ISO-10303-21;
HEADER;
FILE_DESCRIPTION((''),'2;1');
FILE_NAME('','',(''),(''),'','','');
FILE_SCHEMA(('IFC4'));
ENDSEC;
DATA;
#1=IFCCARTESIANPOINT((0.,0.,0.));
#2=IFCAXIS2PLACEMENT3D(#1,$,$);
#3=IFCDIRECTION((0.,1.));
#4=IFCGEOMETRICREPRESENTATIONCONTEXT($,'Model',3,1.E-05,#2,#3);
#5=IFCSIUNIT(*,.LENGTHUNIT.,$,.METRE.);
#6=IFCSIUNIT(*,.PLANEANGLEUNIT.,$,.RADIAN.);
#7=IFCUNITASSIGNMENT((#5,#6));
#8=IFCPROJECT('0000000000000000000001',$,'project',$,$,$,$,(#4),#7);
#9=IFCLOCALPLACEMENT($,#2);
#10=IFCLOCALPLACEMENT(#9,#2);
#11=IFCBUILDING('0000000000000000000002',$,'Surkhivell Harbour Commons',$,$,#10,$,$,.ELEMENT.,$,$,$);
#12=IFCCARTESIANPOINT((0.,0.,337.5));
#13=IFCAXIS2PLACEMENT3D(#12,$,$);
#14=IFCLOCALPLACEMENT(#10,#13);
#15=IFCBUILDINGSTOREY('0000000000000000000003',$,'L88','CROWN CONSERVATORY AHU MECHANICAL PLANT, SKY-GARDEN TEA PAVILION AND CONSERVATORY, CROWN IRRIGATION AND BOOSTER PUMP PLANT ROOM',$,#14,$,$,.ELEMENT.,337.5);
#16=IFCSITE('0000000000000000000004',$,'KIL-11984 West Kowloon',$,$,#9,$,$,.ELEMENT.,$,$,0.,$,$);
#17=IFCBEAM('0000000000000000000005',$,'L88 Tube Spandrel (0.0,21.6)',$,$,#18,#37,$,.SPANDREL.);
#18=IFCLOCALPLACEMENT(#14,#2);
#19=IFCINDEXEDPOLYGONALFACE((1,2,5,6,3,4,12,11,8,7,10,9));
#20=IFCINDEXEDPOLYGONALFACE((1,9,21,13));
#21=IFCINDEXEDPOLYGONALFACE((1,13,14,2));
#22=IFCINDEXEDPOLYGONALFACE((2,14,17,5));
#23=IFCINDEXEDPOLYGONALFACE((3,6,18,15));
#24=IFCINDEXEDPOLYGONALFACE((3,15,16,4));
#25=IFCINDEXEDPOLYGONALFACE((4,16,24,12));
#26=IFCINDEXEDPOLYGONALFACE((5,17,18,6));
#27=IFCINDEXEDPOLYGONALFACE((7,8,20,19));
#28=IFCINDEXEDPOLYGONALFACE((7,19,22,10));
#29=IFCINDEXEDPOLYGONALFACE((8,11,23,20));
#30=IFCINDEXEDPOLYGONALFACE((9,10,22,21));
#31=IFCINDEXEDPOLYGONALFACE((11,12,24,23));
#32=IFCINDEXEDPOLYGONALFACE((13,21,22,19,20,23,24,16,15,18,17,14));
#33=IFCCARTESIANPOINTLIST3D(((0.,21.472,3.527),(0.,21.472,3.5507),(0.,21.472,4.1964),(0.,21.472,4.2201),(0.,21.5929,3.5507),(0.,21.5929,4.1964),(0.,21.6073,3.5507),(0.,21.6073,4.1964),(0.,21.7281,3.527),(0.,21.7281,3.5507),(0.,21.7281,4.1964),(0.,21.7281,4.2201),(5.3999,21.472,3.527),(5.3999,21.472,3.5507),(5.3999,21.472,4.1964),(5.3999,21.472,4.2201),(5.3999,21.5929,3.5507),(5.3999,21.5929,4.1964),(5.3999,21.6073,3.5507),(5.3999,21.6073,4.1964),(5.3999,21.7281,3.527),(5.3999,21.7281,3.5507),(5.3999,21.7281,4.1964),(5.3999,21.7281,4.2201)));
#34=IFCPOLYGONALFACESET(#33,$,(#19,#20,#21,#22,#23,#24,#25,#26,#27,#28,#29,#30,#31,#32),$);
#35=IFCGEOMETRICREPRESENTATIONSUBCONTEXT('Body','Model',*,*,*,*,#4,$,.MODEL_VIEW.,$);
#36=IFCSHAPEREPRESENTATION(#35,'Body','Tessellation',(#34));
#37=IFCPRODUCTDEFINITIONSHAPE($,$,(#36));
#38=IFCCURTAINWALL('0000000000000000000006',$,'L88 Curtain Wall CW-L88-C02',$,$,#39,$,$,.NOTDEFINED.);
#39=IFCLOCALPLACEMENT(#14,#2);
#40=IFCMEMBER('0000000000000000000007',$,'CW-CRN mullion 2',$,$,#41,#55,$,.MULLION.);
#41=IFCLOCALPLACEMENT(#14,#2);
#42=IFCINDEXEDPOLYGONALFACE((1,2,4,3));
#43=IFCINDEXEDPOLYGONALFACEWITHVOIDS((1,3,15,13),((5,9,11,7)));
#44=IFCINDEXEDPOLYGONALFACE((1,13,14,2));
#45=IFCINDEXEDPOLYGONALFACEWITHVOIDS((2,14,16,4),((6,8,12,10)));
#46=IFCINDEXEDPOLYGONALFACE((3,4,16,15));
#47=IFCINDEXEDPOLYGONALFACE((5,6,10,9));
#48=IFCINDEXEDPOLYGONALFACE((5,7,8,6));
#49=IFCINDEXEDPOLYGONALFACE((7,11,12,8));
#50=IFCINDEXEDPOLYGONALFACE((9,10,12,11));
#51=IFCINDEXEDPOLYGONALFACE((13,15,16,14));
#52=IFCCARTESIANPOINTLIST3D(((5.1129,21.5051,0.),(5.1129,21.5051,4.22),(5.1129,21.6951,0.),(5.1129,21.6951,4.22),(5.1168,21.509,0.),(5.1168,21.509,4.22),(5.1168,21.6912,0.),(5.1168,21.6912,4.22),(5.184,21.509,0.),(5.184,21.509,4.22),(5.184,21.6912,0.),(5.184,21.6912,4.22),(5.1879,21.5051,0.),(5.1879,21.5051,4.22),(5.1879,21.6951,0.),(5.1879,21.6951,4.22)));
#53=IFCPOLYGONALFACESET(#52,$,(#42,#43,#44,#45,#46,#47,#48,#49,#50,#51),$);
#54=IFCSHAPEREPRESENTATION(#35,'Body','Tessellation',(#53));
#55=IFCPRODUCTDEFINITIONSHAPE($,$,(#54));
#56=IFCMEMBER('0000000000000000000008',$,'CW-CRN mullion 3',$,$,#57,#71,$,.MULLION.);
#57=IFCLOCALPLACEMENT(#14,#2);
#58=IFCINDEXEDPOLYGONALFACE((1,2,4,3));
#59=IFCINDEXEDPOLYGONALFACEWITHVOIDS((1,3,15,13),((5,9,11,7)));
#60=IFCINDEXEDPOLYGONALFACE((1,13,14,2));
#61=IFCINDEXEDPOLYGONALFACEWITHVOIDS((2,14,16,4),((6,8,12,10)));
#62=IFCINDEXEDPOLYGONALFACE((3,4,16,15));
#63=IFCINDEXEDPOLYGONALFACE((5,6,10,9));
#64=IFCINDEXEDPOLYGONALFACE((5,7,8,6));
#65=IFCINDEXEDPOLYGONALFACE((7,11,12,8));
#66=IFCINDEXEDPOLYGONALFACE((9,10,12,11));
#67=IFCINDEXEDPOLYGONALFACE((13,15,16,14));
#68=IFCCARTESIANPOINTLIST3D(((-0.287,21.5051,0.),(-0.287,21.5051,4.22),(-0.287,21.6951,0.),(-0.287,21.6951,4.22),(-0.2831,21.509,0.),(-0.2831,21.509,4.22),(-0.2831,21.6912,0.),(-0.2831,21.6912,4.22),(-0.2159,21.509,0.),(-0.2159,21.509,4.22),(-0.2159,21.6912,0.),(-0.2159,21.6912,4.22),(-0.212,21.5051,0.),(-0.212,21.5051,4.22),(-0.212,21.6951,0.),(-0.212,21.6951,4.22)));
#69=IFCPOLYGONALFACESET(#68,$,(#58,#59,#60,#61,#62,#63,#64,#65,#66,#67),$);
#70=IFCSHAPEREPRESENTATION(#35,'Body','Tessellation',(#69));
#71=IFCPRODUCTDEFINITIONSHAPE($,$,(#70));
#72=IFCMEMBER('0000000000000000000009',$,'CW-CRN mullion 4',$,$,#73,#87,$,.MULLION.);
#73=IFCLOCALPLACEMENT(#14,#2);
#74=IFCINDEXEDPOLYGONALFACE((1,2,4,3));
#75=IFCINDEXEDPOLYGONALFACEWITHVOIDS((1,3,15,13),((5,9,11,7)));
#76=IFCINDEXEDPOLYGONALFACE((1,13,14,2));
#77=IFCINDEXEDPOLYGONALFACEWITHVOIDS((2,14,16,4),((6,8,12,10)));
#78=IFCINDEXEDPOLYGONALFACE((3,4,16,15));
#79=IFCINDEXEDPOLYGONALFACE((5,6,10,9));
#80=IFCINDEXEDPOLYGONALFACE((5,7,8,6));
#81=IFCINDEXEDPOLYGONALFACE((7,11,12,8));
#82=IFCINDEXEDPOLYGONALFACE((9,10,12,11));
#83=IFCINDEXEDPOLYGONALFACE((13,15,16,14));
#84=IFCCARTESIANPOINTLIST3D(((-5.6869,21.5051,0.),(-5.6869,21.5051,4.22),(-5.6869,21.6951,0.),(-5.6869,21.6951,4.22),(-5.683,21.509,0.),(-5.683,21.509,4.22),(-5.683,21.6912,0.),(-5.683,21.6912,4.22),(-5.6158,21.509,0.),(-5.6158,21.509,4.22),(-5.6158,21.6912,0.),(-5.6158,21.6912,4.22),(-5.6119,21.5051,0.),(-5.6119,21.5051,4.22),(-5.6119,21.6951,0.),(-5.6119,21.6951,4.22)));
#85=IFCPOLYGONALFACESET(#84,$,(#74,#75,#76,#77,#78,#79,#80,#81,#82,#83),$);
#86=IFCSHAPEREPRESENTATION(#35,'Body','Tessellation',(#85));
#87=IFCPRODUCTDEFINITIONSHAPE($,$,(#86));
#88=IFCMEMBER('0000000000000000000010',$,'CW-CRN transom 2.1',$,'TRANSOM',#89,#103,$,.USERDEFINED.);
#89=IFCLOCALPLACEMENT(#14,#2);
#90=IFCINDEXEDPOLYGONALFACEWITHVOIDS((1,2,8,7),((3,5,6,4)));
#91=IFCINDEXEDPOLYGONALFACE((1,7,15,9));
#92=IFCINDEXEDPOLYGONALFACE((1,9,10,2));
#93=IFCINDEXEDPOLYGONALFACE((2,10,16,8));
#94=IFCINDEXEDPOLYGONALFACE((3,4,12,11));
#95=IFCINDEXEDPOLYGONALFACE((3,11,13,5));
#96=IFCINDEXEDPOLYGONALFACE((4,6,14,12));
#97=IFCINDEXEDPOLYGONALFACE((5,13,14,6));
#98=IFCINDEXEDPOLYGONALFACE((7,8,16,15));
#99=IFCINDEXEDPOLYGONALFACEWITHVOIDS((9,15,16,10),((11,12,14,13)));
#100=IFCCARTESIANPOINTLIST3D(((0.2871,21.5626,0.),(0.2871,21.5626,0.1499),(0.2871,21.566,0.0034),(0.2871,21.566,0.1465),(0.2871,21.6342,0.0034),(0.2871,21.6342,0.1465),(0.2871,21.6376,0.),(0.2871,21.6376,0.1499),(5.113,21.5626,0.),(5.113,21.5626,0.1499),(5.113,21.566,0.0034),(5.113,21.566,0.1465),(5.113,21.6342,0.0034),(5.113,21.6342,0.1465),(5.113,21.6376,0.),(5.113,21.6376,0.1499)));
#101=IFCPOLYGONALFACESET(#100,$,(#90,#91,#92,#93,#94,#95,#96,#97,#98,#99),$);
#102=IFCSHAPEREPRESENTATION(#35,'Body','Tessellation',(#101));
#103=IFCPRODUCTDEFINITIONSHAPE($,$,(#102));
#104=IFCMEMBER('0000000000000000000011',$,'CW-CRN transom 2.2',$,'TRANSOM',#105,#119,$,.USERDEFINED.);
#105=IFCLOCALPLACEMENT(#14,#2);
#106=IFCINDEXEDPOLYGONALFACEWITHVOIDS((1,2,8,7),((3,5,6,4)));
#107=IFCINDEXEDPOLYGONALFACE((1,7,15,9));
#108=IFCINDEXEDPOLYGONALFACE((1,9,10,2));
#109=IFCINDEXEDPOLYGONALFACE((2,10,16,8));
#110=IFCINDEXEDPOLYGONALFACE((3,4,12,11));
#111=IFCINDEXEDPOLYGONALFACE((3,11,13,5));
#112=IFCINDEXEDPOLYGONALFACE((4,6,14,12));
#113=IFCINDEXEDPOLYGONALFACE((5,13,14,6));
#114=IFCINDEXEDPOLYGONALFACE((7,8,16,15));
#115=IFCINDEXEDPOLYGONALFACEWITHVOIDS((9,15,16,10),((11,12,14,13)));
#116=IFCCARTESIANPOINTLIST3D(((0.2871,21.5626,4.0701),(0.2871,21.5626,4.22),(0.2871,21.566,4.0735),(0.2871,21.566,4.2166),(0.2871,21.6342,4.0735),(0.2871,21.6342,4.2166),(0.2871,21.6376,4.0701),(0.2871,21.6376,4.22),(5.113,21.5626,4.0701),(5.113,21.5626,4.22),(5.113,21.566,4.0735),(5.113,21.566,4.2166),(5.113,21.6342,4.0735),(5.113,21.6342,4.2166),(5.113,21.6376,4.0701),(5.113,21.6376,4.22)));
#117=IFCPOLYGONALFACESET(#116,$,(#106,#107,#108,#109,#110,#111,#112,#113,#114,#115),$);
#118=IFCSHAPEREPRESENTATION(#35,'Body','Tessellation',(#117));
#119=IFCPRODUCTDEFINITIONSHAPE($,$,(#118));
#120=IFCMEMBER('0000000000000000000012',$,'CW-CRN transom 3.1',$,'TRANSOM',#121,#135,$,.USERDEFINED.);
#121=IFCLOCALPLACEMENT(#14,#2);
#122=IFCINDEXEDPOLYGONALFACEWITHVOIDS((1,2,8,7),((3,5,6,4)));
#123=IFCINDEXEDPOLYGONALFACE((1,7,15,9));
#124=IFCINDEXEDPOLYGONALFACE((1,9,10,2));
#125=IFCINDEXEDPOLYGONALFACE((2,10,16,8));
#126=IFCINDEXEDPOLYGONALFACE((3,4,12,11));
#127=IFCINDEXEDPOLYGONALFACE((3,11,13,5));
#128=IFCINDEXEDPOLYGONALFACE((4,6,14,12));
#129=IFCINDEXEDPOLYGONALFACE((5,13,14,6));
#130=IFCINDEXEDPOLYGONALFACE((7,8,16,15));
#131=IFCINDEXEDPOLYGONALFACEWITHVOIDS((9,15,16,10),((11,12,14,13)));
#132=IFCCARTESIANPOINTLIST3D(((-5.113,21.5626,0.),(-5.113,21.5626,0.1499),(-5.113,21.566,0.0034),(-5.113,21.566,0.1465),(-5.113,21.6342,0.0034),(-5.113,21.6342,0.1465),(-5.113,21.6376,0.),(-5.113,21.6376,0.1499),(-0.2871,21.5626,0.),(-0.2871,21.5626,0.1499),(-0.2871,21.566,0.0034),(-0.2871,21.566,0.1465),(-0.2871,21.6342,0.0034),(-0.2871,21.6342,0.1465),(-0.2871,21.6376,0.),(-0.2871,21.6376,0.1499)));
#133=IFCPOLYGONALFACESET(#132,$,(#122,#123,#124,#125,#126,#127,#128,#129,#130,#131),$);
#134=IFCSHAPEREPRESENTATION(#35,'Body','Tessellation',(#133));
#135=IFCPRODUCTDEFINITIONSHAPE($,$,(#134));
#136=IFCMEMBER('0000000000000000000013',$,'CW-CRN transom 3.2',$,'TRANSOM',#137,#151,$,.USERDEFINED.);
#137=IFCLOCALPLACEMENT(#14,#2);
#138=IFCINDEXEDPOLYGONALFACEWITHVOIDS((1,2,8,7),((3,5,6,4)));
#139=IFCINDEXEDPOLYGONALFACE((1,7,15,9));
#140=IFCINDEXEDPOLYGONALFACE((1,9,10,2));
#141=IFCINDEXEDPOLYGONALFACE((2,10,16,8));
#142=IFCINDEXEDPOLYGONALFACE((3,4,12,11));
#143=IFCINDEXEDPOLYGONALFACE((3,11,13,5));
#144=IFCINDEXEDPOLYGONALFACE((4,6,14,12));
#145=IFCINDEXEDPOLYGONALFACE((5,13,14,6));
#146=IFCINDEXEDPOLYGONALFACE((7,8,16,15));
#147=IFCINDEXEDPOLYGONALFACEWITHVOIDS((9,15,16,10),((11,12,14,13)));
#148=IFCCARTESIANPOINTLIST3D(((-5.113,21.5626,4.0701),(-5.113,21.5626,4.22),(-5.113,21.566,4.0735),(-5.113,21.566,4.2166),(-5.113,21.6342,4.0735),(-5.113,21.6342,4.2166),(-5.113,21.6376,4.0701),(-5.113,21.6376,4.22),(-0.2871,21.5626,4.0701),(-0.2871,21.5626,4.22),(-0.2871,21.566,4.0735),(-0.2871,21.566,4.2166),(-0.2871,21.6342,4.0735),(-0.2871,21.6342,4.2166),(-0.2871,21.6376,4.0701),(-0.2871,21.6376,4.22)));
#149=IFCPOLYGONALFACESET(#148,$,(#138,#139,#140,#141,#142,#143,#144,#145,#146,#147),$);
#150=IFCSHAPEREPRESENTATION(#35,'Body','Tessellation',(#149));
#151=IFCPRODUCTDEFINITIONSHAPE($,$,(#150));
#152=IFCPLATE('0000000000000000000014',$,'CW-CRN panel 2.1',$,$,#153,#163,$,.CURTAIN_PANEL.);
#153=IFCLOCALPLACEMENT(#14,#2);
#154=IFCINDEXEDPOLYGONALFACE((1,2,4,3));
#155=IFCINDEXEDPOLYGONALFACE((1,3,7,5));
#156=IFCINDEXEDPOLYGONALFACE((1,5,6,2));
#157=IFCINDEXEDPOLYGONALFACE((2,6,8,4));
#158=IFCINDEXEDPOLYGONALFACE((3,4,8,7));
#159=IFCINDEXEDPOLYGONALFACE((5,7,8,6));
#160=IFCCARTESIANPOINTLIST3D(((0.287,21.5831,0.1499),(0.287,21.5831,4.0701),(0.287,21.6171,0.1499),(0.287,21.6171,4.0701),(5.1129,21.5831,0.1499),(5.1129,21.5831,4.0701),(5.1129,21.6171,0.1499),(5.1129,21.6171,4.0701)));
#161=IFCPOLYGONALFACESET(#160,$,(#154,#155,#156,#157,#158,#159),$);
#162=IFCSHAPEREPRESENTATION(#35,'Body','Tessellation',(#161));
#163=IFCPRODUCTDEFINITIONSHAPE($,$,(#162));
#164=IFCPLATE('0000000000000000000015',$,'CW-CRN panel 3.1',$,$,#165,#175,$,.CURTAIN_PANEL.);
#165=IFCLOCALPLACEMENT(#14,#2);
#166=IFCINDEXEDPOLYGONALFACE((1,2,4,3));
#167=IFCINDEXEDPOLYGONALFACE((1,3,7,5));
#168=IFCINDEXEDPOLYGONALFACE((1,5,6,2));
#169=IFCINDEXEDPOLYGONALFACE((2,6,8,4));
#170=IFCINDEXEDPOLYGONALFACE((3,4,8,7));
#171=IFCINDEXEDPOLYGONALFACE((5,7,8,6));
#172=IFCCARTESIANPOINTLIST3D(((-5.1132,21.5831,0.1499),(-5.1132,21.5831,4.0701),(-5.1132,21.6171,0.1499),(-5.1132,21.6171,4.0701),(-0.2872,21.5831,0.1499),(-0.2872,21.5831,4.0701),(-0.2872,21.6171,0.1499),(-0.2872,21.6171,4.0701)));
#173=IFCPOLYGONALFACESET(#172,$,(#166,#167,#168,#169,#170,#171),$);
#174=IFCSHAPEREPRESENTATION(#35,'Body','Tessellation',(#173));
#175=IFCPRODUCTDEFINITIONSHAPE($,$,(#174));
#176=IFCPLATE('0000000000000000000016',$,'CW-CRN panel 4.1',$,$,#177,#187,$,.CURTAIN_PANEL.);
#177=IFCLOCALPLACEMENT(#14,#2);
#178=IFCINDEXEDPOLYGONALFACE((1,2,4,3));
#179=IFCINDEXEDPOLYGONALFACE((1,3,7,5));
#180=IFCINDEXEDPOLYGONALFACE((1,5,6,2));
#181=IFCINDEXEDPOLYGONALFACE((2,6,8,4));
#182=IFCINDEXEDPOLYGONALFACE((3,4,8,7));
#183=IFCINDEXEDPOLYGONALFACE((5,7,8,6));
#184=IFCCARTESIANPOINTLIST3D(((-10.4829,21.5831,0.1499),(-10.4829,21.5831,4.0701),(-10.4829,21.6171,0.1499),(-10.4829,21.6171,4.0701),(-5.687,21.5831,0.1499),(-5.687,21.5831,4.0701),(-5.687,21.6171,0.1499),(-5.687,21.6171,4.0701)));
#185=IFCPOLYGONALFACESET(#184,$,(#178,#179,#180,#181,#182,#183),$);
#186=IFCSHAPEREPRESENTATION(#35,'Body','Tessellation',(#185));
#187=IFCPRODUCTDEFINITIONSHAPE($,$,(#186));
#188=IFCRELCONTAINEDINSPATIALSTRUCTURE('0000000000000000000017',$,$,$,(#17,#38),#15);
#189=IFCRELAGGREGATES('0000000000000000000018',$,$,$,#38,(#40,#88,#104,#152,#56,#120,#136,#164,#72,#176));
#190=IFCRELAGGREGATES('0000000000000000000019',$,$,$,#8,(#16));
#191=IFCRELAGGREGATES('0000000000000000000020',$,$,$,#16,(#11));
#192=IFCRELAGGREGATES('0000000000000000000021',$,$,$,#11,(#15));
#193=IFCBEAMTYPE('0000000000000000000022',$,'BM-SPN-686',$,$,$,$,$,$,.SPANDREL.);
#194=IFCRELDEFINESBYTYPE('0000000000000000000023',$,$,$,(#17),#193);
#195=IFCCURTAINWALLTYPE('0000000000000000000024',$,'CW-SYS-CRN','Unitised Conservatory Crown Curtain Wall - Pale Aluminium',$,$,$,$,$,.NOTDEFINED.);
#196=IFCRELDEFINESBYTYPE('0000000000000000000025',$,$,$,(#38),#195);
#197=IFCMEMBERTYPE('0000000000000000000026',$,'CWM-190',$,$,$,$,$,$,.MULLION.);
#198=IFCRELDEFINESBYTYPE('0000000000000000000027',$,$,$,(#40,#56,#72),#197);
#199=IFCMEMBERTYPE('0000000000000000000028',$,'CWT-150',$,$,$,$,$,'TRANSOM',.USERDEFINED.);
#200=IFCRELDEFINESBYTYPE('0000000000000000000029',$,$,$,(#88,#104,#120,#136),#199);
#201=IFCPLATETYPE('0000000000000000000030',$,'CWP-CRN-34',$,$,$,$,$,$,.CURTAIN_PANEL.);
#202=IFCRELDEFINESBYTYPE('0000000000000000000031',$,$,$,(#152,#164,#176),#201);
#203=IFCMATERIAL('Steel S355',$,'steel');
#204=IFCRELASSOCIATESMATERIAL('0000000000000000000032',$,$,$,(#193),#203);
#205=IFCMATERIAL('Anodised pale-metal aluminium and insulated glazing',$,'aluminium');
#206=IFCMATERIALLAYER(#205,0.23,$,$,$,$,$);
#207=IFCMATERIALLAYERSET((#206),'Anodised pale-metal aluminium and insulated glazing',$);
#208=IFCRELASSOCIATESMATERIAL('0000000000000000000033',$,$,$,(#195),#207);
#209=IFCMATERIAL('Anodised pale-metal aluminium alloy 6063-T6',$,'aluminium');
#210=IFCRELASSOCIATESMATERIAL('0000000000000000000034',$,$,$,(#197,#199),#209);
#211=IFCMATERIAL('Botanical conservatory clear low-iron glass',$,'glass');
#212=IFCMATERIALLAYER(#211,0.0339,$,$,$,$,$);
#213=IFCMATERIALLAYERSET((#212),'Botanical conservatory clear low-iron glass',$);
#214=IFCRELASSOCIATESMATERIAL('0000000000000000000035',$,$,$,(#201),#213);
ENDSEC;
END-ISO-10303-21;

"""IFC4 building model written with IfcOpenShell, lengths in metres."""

from ifc_helpers import new_model, si_unit, direction, frame, frame_2d, origin, origin_2d, place, context, subcontext, project, spatial, rectangle, hollow_rectangle, i_section, extrude, material, layer, layer_set, material_profile, profile_set, type_object, element, aggregate, save


model = new_model("IFC4")

# Units and contexts
model_context = context("Model", 3, precision=1e-05, world=origin(), true_north=direction((0.0, 1.0)))
body_context = subcontext(model_context, "Body", "Model", "MODEL_VIEW")
ifc_project = project(units=[si_unit("LENGTHUNIT", "METRE"), si_unit("PLANEANGLEUNIT", "RADIAN")], contexts=[model_context])

# Site, building, storey
site_placement = place(None, origin())
site = spatial("IfcSite", under=ifc_project, at=site_placement, Name="KIL-11984 West Kowloon", CompositionType="ELEMENT", RefElevation=0.0)
building_placement = place(site_placement, origin())
building = spatial("IfcBuilding", under=site, at=building_placement, Name="Surkhivell Harbour Commons", CompositionType="ELEMENT")
storey_placement = place(building_placement, frame((0.0, 0.0, 337.5)))
storey = spatial("IfcBuildingStorey", under=building, at=storey_placement, Name="L88", Description="CROWN CONSERVATORY AHU MECHANICAL PLANT, SKY-GARDEN TEA PAVILION AND CONSERVATORY, CROWN IRRIGATION AND BOOSTER PUMP PLANT ROOM", CompositionType="ELEMENT", Elevation=337.5)

# Beam
ifc_material_1 = material(Name="Steel S355", Category="steel")
ifc_material_profile_1 = material_profile(ifc_material_1, i_section(OverallWidth=0.2561, OverallDepth=0.6931, WebThickness=0.0144, FlangeThickness=0.0237, at=origin_2d()), Name="UB686x254x170")
ifc_profile_set_1 = profile_set([ifc_material_profile_1], Name="Steel S355")
beam_type_1 = type_object("IfcBeamType", Name="BM-SPN-686", PredefinedType="SPANDREL", material=ifc_profile_set_1)
for number, where, z_axis, x_axis, name in (
    (1, (0.0, 21.6001, 3.8735), (1.0, 0.0, 0.0), (0.0, 1.0, 0.0), "L88 Tube Spandrel (0.0,21.6)"),
):
    element("IfcBeam", number, at=place(storey_placement, frame(where, z_axis=z_axis, x_axis=x_axis)), inside=storey, type_object=beam_type_1, Name=name, PredefinedType="SPANDREL", context=body_context, shape_type="SweptSolid", body=[
        extrude(i_section(OverallWidth=0.2561, OverallDepth=0.6931, WebThickness=0.0144, FlangeThickness=0.0237, at=origin_2d()), origin(), (0.0, 0.0, 1.0), 5.3999),
    ])

# Curtain wall, members, plates
ifc_material_2 = material(Name="Anodised pale-metal aluminium and insulated glazing", Category="aluminium")
ifc_layer_1 = layer(ifc_material_2, 0.23)
ifc_layer_set_1 = layer_set([ifc_layer_1], Name="Anodised pale-metal aluminium and insulated glazing")
curtain_wall_type = type_object("IfcCurtainWallType", Name="CW-SYS-CRN", Description="Unitised Conservatory Crown Curtain Wall - Pale Aluminium", PredefinedType="NOTDEFINED", material=ifc_layer_set_1)
curtain_wall_placement = place(storey_placement, origin())
curtain_wall = element("IfcCurtainWall", 2, at=curtain_wall_placement, inside=storey, type_object=curtain_wall_type, Name="L88 Curtain Wall CW-L88-C02", PredefinedType="NOTDEFINED")
ifc_material_3 = material(Name="Anodised pale-metal aluminium alloy 6063-T6", Category="aluminium")
ifc_material_profile_2 = material_profile(ifc_material_3, hollow_rectangle(XDim=0.075, YDim=0.1899, WallThickness=0.0039, at=origin_2d()), Name="ALU-MULL-75x190")
ifc_profile_set_2 = profile_set([ifc_material_profile_2], Name="Anodised pale-metal aluminium alloy 6063-T6")
member_type_1 = type_object("IfcMemberType", Name="CWM-190", PredefinedType="MULLION", material=ifc_profile_set_2)
member_1_placement = place(storey_placement, frame((5.1504, 21.6001, 0.0), z_axis=(0.0, 0.0, 1.0), x_axis=(-1.0, 0.0, 0.0)))
member_1 = element("IfcMember", 3, at=member_1_placement, type_object=member_type_1, Name="CW-CRN mullion 2", PredefinedType="MULLION", context=body_context, shape_type="SweptSolid", body=[
    extrude(hollow_rectangle(XDim=0.075, YDim=0.1899, WallThickness=0.0039, at=origin_2d()), origin(), (0.0, 0.0, 1.0), 4.22),
])
member_2_placement = place(storey_placement, frame((-0.2495, 21.6001, 0.0), z_axis=(0.0, 0.0, 1.0), x_axis=(-1.0, 0.0, 0.0)))
member_2 = element("IfcMember", 4, at=member_2_placement, type_object=member_type_1, Name="CW-CRN mullion 3", PredefinedType="MULLION", context=body_context, shape_type="SweptSolid", body=[
    extrude(hollow_rectangle(XDim=0.075, YDim=0.1899, WallThickness=0.0039, at=origin_2d()), origin(), (0.0, 0.0, 1.0), 4.22),
])
member_3_placement = place(storey_placement, frame((-5.6494, 21.6001, 0.0), z_axis=(0.0, 0.0, 1.0), x_axis=(-1.0, 0.0, 0.0)))
member_3 = element("IfcMember", 5, at=member_3_placement, type_object=member_type_1, Name="CW-CRN mullion 4", PredefinedType="MULLION", context=body_context, shape_type="SweptSolid", body=[
    extrude(hollow_rectangle(XDim=0.075, YDim=0.1899, WallThickness=0.0039, at=origin_2d()), origin(), (0.0, 0.0, 1.0), 4.22),
])
ifc_material_profile_3 = material_profile(ifc_material_3, hollow_rectangle(XDim=0.075, YDim=0.1499, WallThickness=0.0034, at=origin_2d()), Name="ALU-TRAN-75x150")
ifc_profile_set_3 = profile_set([ifc_material_profile_3], Name="Anodised pale-metal aluminium alloy 6063-T6")
member_type_2 = type_object("IfcMemberType", Name="CWT-150", ElementType="TRANSOM", PredefinedType="USERDEFINED", material=ifc_profile_set_3)
member_4_placement = place(storey_placement, frame((5.113, 21.6001, 0.075), z_axis=(-1.0, 0.0, 0.0), x_axis=(0.0, -1.0, 0.0)))
member_4 = element("IfcMember", 6, at=member_4_placement, type_object=member_type_2, Name="CW-CRN transom 2.1", ObjectType="TRANSOM", PredefinedType="USERDEFINED", context=body_context, shape_type="SweptSolid", body=[
    extrude(hollow_rectangle(XDim=0.075, YDim=0.1499, WallThickness=0.0034, at=origin_2d()), origin(), (0.0, 0.0, 1.0), 4.8259),
])
member_5_placement = place(storey_placement, frame((5.113, 21.6001, 4.145), z_axis=(-1.0, 0.0, 0.0), x_axis=(0.0, -1.0, 0.0)))
member_5 = element("IfcMember", 7, at=member_5_placement, type_object=member_type_2, Name="CW-CRN transom 2.2", ObjectType="TRANSOM", PredefinedType="USERDEFINED", context=body_context, shape_type="SweptSolid", body=[
    extrude(hollow_rectangle(XDim=0.075, YDim=0.1499, WallThickness=0.0034, at=origin_2d()), origin(), (0.0, 0.0, 1.0), 4.8259),
])
member_6_placement = place(storey_placement, frame((-0.2871, 21.6001, 0.075), z_axis=(-1.0, 0.0, 0.0), x_axis=(0.0, -1.0, 0.0)))
member_6 = element("IfcMember", 8, at=member_6_placement, type_object=member_type_2, Name="CW-CRN transom 3.1", ObjectType="TRANSOM", PredefinedType="USERDEFINED", context=body_context, shape_type="SweptSolid", body=[
    extrude(hollow_rectangle(XDim=0.075, YDim=0.1499, WallThickness=0.0034, at=origin_2d()), origin(), (0.0, 0.0, 1.0), 4.8259),
])
member_7_placement = place(storey_placement, frame((-0.2871, 21.6001, 4.145), z_axis=(-1.0, 0.0, 0.0), x_axis=(0.0, -1.0, 0.0)))
member_7 = element("IfcMember", 9, at=member_7_placement, type_object=member_type_2, Name="CW-CRN transom 3.2", ObjectType="TRANSOM", PredefinedType="USERDEFINED", context=body_context, shape_type="SweptSolid", body=[
    extrude(hollow_rectangle(XDim=0.075, YDim=0.1499, WallThickness=0.0034, at=origin_2d()), origin(), (0.0, 0.0, 1.0), 4.8259),
])
ifc_material_4 = material(Name="Botanical conservatory clear low-iron glass", Category="glass")
ifc_layer_2 = layer(ifc_material_4, 0.0339)
ifc_layer_set_2 = layer_set([ifc_layer_2], Name="Botanical conservatory clear low-iron glass")
plate_type_1 = type_object("IfcPlateType", Name="CWP-CRN-34", PredefinedType="CURTAIN_PANEL", material=ifc_layer_set_2)
plate_1_placement = place(storey_placement, frame((5.113, 21.6001, 0.1499), z_axis=(0.0, 0.0, 1.0), x_axis=(-1.0, 0.0, 0.0)))
plate_1 = element("IfcPlate", 10, at=plate_1_placement, type_object=plate_type_1, Name="CW-CRN panel 2.1", PredefinedType="CURTAIN_PANEL", context=body_context, shape_type="SweptSolid", body=[
    extrude(rectangle(XDim=4.8259, YDim=0.0339, at=frame_2d((2.4131, 0.0))), origin(), (0.0, 0.0, 1.0), 3.9202),
])
plate_2_placement = place(storey_placement, frame((-0.2871, 21.6001, 0.1499), z_axis=(0.0, 0.0, 1.0), x_axis=(-1.0, 0.0, 0.0)))
plate_2 = element("IfcPlate", 11, at=plate_2_placement, type_object=plate_type_1, Name="CW-CRN panel 3.1", PredefinedType="CURTAIN_PANEL", context=body_context, shape_type="SweptSolid", body=[
    extrude(rectangle(XDim=4.8259, YDim=0.0339, at=frame_2d((2.4131, 0.0))), origin(), (0.0, 0.0, 1.0), 3.9202),
])
plate_3_placement = place(storey_placement, frame((-5.687, 21.6001, 0.1499), z_axis=(0.0, 0.0, 1.0), x_axis=(-1.0, 0.0, 0.0)))
plate_3 = element("IfcPlate", 12, at=plate_3_placement, type_object=plate_type_1, Name="CW-CRN panel 4.1", PredefinedType="CURTAIN_PANEL", context=body_context, shape_type="SweptSolid", body=[
    extrude(rectangle(XDim=4.7959, YDim=0.0339, at=frame_2d((2.3979, 0.0))), origin(), (0.0, 0.0, 1.0), 3.9202),
])
aggregate(curtain_wall, [member_1, member_4, member_5, plate_1, member_2, member_6, member_7, plate_2, member_3, plate_3])

save(model, "model.ifc")
